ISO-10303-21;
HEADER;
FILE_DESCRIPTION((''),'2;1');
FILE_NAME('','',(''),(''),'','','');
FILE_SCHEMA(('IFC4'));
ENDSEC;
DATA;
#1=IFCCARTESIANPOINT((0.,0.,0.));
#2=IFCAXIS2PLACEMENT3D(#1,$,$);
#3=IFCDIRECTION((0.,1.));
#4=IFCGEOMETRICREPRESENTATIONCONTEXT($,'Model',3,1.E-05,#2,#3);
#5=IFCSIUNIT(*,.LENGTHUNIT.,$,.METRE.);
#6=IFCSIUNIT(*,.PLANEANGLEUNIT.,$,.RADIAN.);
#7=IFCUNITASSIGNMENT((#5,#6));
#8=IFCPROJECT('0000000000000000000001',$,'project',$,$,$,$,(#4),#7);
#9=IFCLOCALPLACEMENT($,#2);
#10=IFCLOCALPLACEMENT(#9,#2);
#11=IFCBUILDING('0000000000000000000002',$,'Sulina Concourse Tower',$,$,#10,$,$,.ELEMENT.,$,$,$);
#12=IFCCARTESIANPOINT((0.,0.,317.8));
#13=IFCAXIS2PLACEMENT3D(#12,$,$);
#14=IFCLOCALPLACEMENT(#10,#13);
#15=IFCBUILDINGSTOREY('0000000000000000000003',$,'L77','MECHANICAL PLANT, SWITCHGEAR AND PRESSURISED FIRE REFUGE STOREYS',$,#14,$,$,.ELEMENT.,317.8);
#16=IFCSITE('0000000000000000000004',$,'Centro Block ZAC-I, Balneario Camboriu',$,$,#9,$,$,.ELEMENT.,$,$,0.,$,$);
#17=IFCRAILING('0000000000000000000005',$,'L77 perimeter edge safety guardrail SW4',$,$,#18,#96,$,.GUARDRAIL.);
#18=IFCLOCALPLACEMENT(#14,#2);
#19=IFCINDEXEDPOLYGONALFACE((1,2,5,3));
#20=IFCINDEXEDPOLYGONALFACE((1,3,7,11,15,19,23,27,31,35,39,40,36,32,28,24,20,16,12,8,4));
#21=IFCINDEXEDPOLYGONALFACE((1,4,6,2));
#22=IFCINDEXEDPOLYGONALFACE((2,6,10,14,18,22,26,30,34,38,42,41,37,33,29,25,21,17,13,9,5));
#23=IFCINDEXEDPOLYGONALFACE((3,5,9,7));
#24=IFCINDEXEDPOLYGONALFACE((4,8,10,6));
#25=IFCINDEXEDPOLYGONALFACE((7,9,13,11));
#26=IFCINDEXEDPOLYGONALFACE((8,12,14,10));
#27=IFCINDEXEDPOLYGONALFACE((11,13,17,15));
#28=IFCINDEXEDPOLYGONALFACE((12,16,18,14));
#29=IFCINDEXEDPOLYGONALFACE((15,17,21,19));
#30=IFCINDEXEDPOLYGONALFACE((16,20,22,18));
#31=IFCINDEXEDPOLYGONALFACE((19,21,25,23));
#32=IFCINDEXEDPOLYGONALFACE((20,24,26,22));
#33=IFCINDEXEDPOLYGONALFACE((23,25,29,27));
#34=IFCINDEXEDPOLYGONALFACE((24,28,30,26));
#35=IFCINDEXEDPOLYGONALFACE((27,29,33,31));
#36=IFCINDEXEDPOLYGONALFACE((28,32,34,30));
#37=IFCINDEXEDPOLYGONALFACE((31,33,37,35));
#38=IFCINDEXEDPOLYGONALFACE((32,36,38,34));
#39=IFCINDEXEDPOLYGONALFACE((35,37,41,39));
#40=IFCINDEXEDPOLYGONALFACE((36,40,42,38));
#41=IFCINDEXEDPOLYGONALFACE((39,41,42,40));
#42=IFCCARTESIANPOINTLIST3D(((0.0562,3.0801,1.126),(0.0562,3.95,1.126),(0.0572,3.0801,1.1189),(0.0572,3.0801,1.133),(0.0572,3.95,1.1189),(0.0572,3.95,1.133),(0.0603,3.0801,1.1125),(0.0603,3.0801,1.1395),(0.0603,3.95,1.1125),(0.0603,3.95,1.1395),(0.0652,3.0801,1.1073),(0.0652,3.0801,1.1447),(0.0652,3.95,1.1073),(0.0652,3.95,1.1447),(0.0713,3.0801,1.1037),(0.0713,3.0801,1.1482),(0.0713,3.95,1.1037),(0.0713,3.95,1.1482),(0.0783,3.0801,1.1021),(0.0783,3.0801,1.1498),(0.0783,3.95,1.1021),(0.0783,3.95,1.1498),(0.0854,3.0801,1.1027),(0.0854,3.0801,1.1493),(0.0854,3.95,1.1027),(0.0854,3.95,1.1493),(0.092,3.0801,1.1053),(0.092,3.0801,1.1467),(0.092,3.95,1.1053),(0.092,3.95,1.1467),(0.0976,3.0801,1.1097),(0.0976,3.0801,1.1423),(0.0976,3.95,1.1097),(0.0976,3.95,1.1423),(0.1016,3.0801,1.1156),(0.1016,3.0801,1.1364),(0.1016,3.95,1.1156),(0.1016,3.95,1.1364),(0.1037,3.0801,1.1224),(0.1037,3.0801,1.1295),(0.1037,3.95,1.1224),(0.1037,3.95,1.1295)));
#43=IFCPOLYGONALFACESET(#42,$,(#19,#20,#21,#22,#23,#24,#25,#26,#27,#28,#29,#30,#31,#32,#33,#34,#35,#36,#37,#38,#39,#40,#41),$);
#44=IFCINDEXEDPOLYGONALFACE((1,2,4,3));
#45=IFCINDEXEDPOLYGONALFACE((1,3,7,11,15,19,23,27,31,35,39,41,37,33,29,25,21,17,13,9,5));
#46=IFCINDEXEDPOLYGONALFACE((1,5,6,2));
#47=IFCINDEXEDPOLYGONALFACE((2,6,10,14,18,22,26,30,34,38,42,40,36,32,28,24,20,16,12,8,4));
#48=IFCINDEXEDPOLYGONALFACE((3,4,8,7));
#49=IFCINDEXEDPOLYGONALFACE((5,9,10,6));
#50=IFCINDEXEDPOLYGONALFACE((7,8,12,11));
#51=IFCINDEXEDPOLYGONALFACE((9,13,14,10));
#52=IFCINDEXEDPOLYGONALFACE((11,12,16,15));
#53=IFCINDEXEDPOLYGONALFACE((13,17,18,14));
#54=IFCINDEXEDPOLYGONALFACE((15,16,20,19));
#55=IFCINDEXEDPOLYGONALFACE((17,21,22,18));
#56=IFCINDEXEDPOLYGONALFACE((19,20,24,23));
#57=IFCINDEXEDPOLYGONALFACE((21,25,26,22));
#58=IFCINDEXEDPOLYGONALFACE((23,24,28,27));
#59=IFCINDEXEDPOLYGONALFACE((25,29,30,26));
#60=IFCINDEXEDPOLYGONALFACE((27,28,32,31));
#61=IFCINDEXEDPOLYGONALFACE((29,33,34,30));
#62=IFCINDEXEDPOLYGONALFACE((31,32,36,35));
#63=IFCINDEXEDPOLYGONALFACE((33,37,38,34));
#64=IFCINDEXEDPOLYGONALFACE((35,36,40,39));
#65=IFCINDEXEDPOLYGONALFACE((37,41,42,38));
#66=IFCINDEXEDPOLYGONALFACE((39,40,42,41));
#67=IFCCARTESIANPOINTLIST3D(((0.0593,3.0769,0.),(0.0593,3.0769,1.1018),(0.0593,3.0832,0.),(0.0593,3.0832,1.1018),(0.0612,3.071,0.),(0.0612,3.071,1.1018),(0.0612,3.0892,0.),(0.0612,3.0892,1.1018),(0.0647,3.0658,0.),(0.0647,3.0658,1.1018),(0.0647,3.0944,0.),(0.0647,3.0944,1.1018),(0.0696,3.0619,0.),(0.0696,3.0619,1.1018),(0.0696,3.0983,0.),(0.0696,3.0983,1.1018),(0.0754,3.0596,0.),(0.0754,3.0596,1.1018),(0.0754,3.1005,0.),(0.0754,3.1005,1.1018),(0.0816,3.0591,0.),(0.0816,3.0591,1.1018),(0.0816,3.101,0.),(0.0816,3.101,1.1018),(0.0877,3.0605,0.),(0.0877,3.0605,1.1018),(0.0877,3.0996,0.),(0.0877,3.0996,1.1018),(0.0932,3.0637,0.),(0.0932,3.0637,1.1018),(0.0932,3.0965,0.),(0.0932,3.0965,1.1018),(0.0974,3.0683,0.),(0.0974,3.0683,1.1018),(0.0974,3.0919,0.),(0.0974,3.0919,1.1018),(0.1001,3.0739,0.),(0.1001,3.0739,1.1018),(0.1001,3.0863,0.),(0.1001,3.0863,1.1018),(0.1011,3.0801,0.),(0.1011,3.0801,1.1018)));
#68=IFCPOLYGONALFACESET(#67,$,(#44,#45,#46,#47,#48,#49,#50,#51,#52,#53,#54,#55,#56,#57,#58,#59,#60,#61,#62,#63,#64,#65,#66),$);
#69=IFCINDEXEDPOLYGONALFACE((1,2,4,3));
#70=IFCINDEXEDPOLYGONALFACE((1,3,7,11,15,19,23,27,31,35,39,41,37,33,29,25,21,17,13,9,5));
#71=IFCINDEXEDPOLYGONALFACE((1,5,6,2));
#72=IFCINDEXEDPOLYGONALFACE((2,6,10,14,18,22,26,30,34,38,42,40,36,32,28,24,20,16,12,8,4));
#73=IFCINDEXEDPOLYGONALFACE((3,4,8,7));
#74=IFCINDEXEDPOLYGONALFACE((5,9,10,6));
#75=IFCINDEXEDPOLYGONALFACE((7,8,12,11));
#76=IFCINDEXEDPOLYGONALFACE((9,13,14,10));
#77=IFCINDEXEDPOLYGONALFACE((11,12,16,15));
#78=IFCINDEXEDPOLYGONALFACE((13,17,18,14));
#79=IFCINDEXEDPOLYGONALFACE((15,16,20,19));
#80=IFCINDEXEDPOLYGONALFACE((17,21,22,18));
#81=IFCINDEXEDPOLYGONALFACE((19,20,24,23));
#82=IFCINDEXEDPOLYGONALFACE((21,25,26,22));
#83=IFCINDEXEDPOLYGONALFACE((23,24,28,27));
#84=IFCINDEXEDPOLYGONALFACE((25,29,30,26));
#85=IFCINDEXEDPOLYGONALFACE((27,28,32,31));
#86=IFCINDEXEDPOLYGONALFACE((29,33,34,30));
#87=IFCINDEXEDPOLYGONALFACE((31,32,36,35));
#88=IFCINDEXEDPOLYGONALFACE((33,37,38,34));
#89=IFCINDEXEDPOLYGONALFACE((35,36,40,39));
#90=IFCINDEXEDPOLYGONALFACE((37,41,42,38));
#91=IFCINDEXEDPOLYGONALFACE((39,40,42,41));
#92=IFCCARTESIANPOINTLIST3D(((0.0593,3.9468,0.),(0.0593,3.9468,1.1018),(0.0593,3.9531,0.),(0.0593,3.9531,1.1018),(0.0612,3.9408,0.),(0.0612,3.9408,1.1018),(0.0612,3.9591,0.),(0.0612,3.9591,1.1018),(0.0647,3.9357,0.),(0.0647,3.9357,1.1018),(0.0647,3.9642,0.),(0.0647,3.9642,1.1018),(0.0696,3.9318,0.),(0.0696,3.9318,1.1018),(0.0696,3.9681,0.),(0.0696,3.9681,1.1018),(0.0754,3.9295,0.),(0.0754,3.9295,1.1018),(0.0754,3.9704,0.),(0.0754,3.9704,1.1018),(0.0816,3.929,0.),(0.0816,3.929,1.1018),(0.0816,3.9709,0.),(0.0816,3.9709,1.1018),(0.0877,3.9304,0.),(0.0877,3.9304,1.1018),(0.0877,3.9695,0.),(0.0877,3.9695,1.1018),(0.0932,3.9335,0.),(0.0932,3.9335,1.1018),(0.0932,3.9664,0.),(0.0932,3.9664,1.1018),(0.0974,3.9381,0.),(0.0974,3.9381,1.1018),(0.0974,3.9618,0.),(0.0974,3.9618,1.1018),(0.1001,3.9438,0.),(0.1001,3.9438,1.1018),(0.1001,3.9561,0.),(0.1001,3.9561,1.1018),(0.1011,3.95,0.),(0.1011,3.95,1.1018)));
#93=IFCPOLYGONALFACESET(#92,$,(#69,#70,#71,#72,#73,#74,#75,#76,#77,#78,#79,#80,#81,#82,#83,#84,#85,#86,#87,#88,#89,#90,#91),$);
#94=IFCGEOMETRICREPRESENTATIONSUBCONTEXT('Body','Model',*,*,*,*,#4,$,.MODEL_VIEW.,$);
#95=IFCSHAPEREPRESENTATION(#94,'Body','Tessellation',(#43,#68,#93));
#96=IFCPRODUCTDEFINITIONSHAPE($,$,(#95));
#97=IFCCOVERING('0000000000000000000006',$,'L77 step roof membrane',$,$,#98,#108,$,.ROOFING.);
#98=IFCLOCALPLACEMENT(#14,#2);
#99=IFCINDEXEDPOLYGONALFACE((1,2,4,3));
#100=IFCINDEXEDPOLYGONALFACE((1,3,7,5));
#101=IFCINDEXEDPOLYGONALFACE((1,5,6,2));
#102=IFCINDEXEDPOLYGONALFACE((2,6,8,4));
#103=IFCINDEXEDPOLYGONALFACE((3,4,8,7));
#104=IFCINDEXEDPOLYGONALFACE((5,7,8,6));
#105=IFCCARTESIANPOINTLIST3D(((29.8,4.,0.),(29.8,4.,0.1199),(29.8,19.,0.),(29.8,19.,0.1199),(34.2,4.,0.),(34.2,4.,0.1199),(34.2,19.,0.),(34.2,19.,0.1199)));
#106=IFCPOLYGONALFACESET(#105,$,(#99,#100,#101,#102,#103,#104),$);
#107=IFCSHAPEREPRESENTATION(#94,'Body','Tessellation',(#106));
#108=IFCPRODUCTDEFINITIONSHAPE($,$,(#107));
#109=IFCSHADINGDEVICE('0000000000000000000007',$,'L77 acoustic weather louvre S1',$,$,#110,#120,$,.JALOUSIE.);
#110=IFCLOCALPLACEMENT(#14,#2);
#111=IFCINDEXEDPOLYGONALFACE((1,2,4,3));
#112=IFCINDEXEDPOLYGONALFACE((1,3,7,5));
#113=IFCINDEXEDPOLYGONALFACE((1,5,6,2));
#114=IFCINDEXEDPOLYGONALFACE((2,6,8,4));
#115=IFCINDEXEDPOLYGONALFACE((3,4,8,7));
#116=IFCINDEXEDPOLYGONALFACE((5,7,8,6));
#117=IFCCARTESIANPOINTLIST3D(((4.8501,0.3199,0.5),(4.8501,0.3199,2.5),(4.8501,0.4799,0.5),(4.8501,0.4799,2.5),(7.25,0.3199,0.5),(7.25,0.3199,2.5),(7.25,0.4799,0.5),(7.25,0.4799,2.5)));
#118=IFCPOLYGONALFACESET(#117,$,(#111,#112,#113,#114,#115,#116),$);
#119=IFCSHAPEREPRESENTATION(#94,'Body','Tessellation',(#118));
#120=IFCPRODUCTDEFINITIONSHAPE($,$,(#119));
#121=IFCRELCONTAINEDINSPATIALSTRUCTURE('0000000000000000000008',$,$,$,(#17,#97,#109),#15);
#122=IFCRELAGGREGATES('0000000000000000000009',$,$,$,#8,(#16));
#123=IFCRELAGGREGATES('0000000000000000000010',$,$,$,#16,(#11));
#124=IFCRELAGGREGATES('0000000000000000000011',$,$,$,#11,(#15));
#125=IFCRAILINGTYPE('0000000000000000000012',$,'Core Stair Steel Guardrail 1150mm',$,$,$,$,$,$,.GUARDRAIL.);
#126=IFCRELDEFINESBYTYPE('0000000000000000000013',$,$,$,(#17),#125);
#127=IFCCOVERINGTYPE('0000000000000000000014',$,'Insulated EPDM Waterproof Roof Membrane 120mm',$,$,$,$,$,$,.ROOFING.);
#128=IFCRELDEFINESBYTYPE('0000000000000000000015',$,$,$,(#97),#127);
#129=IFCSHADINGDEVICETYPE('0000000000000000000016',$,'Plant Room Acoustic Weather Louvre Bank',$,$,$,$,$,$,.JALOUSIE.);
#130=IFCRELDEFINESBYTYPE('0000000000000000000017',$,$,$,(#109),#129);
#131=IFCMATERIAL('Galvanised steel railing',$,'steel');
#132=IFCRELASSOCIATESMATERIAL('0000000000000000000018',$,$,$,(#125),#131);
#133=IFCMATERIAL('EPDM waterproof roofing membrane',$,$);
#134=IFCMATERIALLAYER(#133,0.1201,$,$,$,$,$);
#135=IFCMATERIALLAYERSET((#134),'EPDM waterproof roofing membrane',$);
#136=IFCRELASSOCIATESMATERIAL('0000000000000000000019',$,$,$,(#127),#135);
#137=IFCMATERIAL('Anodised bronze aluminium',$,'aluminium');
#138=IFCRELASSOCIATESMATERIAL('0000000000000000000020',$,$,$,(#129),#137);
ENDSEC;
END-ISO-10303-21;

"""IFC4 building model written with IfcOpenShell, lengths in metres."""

from ifc_helpers import new_model, si_unit, direction, frame, origin, origin_2d, place, context, subcontext, project, spatial, polyline, rectangle, circle, outline, extrude, material, layer, layer_set, type_object, element, save


model = new_model("IFC4")

# Units and contexts
model_context = context("Model", 3, precision=1e-05, world=origin(), true_north=direction((0.0, 1.0)))
body_context = subcontext(model_context, "Body", "Model", "MODEL_VIEW")
ifc_project = project(units=[si_unit("LENGTHUNIT", "METRE"), si_unit("PLANEANGLEUNIT", "RADIAN")], contexts=[model_context])

# Site, building, storey
site_placement = place(None, origin())
site = spatial("IfcSite", under=ifc_project, at=site_placement, Name="Centro Block ZAC-I, Balneario Camboriu", CompositionType="ELEMENT", RefElevation=0.0)
building_placement = place(site_placement, origin())
building = spatial("IfcBuilding", under=site, at=building_placement, Name="Sulina Concourse Tower", CompositionType="ELEMENT")
storey_placement = place(building_placement, frame((0.0, 0.0, 317.8)))
storey = spatial("IfcBuildingStorey", under=building, at=storey_placement, Name="L77", Description="MECHANICAL PLANT, SWITCHGEAR AND PRESSURISED FIRE REFUGE STOREYS", CompositionType="ELEMENT", Elevation=317.8)

# Railing
ifc_material_1 = material(Name="Galvanised steel railing", Category="steel")
railing_type = type_object("IfcRailingType", Name="Core Stair Steel Guardrail 1150mm", PredefinedType="GUARDRAIL", material=ifc_material_1)
railing_1_placement = place(storey_placement, frame((0.0801, 3.0801, 0.0)))
element("IfcRailing", 1, at=railing_1_placement, inside=storey, type_object=railing_type, Name="L77 perimeter edge safety guardrail SW4", PredefinedType="GUARDRAIL", context=body_context, shape_type="SweptSolid", body=[
    extrude(circle(Radius=0.0239, at=origin_2d()), frame((0.0, 0.0, 1.126), z_axis=(0.0, 1.0, 0.0), x_axis=(-1.0, 0.0, 0.0)), (0.0, 0.0, 1.0), 0.8699),
    extrude(circle(Radius=0.021, at=origin_2d()), origin(), (0.0, 0.0, 1.0), 1.1018),
    extrude(circle(Radius=0.021, at=origin_2d()), frame((0.0, 0.8699, 0.0)), (0.0, 0.0, 1.0), 1.1018),
])

# Covering
ifc_material_2 = material(Name="EPDM waterproof roofing membrane")
ifc_layer_1 = layer(ifc_material_2, 0.1201)
ifc_layer_set_1 = layer_set([ifc_layer_1], Name="EPDM waterproof roofing membrane")
covering_type = type_object("IfcCoveringType", Name="Insulated EPDM Waterproof Roof Membrane 120mm", PredefinedType="ROOFING", material=ifc_layer_set_1)
covering_placement = place(storey_placement, origin())
element("IfcCovering", 2, at=covering_placement, inside=storey, type_object=covering_type, Name="L77 step roof membrane", PredefinedType="ROOFING", context=body_context, shape_type="SweptSolid", body=[
    extrude(outline(polyline([(29.8, 4.0), (34.2, 4.0), (34.2, 19.0), (29.8, 19.0), (29.8, 4.0)])), origin(), (0.0, 0.0, 1.0), 0.1199),
])

# Shading device
ifc_material_3 = material(Name="Anodised bronze aluminium", Category="aluminium")
shading_device_type = type_object("IfcShadingDeviceType", Name="Plant Room Acoustic Weather Louvre Bank", PredefinedType="JALOUSIE", material=ifc_material_3)
shading_device_placement = place(storey_placement, frame((6.05, 0.3999, 0.5), z_axis=(0.0, 0.0, 1.0), x_axis=(1.0, 0.0, 0.0)))
element("IfcShadingDevice", 3, at=shading_device_placement, inside=storey, type_object=shading_device_type, Name="L77 acoustic weather louvre S1", PredefinedType="JALOUSIE", context=body_context, shape_type="SweptSolid", body=[
    extrude(rectangle(XDim=2.3999, YDim=0.1599, at=origin_2d()), origin(), (0.0, 0.0, 1.0), 2.0),
])

save(model, "model.ifc")
